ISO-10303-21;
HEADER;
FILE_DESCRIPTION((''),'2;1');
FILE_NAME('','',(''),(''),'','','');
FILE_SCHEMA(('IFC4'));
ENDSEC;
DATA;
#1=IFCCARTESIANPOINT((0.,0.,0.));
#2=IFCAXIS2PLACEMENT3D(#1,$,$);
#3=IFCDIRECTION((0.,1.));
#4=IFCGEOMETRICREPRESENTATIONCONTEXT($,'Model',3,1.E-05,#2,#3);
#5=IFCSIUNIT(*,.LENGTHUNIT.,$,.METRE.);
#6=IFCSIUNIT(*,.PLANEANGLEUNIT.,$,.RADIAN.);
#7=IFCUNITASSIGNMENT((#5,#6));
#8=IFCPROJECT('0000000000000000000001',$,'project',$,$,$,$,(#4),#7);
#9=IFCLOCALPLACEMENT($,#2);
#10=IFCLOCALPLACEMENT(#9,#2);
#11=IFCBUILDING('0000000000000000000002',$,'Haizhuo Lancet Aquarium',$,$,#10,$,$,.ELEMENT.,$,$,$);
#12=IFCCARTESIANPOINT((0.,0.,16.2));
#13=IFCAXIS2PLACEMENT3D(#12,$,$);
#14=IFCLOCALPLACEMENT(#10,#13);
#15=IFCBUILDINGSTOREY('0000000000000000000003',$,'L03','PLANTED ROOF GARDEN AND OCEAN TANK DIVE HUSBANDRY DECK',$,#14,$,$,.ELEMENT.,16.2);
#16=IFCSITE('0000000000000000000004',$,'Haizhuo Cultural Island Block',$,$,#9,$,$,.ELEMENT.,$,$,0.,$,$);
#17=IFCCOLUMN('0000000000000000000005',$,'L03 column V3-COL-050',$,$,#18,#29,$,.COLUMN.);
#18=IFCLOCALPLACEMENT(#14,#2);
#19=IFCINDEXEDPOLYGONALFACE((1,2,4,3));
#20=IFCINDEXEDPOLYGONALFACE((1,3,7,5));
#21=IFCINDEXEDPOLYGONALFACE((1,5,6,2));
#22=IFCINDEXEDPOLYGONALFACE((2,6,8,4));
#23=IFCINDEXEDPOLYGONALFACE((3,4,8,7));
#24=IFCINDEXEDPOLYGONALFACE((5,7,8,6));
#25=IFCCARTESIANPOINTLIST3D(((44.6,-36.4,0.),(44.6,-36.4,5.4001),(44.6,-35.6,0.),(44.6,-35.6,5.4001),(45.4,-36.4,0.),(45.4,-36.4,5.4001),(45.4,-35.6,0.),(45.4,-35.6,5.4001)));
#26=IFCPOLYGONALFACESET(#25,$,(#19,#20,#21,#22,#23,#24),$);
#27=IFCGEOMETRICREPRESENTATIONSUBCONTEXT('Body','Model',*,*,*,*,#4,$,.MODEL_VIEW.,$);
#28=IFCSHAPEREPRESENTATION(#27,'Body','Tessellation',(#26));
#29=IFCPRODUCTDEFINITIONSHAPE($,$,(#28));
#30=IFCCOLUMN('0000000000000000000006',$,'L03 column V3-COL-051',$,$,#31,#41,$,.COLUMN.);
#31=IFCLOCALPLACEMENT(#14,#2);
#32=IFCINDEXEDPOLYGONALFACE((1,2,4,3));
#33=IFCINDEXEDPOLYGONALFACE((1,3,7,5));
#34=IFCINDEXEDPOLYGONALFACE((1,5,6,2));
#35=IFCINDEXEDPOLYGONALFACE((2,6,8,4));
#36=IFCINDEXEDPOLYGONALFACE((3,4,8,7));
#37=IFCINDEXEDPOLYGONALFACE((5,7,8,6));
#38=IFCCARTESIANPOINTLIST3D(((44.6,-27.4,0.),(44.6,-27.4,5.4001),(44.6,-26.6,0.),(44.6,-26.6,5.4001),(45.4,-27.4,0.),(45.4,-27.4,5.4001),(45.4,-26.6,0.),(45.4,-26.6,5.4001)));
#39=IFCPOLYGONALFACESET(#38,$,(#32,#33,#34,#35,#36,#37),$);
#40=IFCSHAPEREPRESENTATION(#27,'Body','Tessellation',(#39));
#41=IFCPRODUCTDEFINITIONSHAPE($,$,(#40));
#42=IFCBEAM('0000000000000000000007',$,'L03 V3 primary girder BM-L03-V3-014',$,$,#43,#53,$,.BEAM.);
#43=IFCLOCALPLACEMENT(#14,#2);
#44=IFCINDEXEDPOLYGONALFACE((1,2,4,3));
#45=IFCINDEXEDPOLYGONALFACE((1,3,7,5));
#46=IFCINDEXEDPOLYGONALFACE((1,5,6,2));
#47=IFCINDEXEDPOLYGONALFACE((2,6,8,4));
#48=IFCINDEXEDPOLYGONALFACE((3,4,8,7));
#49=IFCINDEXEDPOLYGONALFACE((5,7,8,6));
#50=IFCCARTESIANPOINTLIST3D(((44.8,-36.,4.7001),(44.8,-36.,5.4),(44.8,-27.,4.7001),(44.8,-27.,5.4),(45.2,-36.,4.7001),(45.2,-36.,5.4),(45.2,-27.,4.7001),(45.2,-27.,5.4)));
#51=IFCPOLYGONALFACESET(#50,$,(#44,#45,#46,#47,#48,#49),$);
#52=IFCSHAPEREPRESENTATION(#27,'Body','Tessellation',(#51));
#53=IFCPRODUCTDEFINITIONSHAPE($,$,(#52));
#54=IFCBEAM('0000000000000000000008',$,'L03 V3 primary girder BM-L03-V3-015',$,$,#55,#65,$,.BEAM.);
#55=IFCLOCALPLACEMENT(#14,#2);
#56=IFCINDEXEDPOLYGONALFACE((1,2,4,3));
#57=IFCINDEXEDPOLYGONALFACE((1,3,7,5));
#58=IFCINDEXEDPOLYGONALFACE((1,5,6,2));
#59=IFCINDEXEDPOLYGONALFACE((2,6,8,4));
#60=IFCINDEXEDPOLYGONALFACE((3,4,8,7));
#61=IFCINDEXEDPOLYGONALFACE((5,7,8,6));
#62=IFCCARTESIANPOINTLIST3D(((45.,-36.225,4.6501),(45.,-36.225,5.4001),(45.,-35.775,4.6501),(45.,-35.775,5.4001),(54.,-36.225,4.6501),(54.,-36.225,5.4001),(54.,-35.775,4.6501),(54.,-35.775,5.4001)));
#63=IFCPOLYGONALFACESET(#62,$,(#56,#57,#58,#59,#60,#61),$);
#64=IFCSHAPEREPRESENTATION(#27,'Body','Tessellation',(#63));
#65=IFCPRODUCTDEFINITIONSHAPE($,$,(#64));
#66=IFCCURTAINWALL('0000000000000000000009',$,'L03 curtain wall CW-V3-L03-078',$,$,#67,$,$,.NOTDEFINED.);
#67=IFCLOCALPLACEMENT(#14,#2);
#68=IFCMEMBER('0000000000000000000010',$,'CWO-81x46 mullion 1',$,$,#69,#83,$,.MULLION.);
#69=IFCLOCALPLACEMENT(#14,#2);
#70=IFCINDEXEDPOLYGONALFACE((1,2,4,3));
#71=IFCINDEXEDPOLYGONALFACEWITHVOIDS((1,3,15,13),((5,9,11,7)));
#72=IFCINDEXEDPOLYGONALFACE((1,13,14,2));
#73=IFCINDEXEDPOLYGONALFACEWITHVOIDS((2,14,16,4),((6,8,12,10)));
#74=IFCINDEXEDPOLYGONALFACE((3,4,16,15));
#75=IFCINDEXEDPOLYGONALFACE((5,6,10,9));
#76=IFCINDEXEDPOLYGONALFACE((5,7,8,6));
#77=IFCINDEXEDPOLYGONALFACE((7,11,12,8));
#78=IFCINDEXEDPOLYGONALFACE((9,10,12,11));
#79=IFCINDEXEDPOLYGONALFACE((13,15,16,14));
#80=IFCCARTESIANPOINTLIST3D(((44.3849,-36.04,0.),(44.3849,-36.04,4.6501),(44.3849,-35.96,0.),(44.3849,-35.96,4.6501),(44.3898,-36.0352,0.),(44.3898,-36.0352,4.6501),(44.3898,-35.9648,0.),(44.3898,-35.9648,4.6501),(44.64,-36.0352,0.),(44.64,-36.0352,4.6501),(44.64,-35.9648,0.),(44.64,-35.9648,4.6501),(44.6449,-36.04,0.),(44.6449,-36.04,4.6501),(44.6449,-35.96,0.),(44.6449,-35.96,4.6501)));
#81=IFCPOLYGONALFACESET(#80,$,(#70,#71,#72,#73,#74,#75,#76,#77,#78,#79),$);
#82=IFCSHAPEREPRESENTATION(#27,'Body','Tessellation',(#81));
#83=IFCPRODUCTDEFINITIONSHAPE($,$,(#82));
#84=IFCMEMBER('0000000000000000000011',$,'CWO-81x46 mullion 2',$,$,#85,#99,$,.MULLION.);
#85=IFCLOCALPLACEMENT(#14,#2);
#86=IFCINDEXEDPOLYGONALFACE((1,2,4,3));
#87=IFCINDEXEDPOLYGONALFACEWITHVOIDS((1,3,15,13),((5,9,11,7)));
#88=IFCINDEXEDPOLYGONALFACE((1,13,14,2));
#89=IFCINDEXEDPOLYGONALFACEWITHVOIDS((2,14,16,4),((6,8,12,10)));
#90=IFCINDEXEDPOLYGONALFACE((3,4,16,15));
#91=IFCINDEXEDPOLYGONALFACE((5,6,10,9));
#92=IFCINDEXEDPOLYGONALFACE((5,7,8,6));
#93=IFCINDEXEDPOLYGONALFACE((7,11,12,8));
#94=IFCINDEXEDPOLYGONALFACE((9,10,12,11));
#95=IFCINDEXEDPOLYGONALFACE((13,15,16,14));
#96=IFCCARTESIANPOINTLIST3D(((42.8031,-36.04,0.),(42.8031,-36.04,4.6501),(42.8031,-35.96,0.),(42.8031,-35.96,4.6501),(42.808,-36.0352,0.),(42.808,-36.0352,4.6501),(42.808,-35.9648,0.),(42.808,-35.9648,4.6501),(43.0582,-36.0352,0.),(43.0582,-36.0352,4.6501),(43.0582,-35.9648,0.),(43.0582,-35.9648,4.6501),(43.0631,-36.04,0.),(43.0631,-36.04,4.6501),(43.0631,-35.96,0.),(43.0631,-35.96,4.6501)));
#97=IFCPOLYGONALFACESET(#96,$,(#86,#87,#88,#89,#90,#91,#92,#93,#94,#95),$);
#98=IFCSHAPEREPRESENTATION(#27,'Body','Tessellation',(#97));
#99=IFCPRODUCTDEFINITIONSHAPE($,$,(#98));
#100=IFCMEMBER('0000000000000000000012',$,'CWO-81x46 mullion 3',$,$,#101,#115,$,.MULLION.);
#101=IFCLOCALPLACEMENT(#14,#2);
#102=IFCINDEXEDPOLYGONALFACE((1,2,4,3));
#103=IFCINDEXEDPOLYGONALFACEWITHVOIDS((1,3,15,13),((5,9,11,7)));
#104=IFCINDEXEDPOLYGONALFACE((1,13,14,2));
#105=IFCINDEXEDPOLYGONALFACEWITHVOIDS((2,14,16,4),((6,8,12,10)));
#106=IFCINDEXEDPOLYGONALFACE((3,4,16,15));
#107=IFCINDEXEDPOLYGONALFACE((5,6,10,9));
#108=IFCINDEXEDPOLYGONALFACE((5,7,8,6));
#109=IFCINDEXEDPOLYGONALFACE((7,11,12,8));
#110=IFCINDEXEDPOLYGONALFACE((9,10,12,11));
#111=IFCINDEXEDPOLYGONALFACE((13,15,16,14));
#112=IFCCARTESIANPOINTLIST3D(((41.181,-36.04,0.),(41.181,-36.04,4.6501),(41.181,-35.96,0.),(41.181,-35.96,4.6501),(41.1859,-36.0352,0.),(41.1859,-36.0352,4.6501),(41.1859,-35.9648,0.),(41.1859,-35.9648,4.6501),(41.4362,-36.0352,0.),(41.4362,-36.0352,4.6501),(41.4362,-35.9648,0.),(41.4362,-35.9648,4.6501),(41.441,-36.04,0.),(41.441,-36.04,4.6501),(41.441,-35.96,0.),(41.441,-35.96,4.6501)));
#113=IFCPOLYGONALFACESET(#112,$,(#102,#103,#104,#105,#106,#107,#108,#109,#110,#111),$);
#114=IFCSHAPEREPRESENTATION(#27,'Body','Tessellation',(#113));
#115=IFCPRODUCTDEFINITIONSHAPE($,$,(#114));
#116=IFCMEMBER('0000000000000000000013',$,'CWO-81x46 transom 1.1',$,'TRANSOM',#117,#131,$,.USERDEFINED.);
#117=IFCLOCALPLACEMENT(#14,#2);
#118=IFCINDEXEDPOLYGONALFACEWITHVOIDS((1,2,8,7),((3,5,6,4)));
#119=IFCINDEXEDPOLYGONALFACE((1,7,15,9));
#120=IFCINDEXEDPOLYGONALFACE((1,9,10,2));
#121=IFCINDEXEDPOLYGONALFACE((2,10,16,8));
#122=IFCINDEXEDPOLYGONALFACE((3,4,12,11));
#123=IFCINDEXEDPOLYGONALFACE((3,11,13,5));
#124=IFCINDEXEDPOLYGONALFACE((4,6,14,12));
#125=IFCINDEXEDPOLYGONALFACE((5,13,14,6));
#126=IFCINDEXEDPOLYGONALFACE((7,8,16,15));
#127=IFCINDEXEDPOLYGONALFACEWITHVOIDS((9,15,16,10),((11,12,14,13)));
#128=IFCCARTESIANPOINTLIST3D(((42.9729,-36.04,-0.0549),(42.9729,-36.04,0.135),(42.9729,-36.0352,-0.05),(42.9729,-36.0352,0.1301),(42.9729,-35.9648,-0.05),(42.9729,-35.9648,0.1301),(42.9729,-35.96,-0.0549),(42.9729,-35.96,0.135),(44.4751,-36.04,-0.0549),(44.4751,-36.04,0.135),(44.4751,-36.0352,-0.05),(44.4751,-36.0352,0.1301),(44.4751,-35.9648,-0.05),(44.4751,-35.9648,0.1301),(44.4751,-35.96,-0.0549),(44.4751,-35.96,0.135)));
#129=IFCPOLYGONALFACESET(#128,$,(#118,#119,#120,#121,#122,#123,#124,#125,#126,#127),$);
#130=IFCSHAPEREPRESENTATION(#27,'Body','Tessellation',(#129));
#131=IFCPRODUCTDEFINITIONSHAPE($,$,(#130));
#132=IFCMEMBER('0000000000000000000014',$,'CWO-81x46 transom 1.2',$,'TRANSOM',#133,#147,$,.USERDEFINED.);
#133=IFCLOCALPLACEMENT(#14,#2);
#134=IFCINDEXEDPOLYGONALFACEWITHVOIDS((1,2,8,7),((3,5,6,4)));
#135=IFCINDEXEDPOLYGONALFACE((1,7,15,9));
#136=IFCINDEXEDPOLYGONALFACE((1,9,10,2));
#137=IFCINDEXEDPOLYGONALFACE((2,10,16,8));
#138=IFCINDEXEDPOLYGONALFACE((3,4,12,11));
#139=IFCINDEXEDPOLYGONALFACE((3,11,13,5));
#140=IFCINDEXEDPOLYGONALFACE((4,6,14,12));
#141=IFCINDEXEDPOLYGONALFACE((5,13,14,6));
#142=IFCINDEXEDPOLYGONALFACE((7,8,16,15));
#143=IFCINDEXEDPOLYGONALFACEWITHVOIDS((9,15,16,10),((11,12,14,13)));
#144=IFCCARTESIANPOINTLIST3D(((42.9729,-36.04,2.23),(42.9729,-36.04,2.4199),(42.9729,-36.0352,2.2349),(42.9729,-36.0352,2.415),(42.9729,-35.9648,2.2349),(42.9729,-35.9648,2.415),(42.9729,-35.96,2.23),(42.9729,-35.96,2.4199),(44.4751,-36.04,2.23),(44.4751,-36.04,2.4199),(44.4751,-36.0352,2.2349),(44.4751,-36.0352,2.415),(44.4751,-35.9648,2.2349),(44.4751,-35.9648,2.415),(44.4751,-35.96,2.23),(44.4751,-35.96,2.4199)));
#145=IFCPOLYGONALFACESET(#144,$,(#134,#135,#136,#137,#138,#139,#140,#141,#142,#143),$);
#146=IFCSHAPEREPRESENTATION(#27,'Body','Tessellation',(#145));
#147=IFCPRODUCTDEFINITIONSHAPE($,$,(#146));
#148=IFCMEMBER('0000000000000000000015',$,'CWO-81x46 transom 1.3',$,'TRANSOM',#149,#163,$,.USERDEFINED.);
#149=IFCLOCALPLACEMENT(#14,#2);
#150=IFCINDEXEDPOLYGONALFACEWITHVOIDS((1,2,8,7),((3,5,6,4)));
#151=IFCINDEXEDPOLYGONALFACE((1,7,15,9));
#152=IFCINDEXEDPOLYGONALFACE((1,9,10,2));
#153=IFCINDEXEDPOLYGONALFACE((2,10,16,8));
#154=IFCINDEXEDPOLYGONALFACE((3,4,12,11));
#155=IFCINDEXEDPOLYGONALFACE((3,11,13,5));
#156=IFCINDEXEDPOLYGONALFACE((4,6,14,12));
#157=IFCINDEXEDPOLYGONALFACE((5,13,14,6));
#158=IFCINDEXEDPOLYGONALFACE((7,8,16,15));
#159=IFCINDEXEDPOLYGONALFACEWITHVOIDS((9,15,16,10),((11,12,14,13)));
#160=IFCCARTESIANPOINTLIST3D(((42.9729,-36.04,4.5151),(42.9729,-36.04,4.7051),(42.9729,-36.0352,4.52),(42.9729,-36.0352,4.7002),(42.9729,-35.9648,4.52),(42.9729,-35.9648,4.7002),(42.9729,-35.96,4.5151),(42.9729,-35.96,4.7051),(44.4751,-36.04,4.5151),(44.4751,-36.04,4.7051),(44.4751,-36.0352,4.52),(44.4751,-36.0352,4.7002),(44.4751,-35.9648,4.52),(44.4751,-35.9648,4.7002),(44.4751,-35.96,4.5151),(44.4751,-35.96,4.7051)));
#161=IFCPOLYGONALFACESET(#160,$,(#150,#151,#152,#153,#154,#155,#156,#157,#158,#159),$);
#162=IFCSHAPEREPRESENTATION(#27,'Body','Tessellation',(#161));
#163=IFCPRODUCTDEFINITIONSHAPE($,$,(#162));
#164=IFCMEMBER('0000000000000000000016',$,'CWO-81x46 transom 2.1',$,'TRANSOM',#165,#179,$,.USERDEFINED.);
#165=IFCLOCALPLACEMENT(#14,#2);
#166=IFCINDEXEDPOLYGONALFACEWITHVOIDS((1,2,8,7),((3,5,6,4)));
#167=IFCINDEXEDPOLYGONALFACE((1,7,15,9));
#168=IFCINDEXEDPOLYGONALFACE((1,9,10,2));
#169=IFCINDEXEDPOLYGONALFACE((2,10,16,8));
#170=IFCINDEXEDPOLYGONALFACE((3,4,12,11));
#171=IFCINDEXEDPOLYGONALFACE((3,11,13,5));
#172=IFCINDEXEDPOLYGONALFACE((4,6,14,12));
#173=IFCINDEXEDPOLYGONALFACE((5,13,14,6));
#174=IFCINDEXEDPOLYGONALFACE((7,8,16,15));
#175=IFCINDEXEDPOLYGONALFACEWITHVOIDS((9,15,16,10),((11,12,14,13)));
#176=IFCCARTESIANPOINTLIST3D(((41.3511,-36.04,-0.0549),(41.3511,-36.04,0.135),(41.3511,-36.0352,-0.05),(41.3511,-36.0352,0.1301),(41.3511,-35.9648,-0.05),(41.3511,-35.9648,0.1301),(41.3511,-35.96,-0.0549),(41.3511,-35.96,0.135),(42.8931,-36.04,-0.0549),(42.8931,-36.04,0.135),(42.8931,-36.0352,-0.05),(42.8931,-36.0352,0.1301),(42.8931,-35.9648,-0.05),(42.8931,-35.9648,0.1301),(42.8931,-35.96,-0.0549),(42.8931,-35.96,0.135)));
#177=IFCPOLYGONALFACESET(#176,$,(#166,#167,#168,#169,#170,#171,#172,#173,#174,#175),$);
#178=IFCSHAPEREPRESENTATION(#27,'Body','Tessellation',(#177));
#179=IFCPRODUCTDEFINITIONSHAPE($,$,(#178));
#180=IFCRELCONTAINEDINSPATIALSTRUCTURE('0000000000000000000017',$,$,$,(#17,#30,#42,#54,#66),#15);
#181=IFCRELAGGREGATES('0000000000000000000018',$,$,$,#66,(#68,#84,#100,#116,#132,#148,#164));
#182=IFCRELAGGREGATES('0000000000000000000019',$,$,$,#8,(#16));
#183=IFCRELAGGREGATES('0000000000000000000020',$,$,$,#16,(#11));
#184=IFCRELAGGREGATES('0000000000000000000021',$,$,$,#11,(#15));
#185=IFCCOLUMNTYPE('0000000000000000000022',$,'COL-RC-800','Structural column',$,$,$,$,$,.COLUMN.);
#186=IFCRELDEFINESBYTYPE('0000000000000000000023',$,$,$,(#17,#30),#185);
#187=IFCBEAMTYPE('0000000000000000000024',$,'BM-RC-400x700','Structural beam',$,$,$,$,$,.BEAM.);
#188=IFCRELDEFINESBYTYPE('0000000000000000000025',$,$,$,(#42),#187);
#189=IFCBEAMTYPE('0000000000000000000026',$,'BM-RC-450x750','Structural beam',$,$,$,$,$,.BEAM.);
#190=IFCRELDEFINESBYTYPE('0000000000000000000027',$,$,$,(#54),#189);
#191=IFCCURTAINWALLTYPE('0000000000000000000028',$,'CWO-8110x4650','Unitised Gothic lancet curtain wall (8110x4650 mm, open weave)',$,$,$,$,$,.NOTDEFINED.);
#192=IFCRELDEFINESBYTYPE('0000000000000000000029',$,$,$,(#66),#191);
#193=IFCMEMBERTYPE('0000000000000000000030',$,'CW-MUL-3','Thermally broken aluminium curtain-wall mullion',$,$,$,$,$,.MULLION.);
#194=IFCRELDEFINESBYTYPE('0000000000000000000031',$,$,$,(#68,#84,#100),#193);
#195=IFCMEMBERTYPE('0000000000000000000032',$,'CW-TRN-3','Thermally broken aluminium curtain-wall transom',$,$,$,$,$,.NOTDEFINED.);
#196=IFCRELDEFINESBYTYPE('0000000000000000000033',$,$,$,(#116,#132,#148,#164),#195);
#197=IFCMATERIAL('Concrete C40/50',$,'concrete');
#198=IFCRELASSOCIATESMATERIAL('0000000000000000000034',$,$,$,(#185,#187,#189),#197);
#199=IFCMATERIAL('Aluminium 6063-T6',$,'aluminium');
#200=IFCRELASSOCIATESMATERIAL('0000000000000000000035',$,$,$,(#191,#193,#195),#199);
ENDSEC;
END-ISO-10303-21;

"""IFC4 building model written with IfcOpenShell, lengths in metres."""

from ifc_helpers import new_model, si_unit, direction, frame, origin, origin_2d, place, context, subcontext, project, spatial, rectangle, hollow_rectangle, extrude, material, material_profile, profile_set, type_object, element, aggregate, save


model = new_model("IFC4")

# Units and contexts
model_context = context("Model", 3, precision=1e-05, world=origin(), true_north=direction((0.0, 1.0)))
body_context = subcontext(model_context, "Body", "Model", "MODEL_VIEW")
ifc_project = project(units=[si_unit("LENGTHUNIT", "METRE"), si_unit("PLANEANGLEUNIT", "RADIAN")], contexts=[model_context])

# Site, building, storey
site_placement = place(None, origin())
site = spatial("IfcSite", under=ifc_project, at=site_placement, Name="Haizhuo Cultural Island Block", CompositionType="ELEMENT", RefElevation=0.0)
building_placement = place(site_placement, origin())
building = spatial("IfcBuilding", under=site, at=building_placement, Name="Haizhuo Lancet Aquarium", CompositionType="ELEMENT")
storey_placement = place(building_placement, frame((0.0, 0.0, 16.2)))
storey = spatial("IfcBuildingStorey", under=building, at=storey_placement, Name="L03", Description="PLANTED ROOF GARDEN AND OCEAN TANK DIVE HUSBANDRY DECK", CompositionType="ELEMENT", Elevation=16.2)

# Columns
ifc_material_1 = material(Name="Concrete C40/50", Category="concrete")
ifc_material_profile_1 = material_profile(ifc_material_1, rectangle(XDim=0.8, YDim=0.8, at=origin_2d()), Name="RC-COL 800x800")
ifc_profile_set_1 = profile_set([ifc_material_profile_1], Name="Concrete C40/50")
column_type = type_object("IfcColumnType", Name="COL-RC-800", Description="Structural column", PredefinedType="COLUMN", material=ifc_profile_set_1)
for number, where, z_axis, x_axis, name in (
    (1, (45.0, -36.0, 0.0), (0.0, 0.0, 1.0), (1.0, 0.0, 0.0), "L03 column V3-COL-050"),
    (2, (45.0, -27.0, 0.0), (0.0, 0.0, 1.0), (1.0, 0.0, 0.0), "L03 column V3-COL-051"),
):
    element("IfcColumn", number, at=place(storey_placement, frame(where, z_axis=z_axis, x_axis=x_axis)), inside=storey, type_object=column_type, Name=name, PredefinedType="COLUMN", context=body_context, shape_type="SweptSolid", body=[
        extrude(rectangle(XDim=0.8, YDim=0.8, at=origin_2d()), origin(), (0.0, 0.0, 1.0), 5.4001),
    ])

# Beams
ifc_material_profile_2 = material_profile(ifc_material_1, rectangle(XDim=0.3999, YDim=0.7, at=origin_2d()), Name="RC-BM 400x700")
ifc_profile_set_2 = profile_set([ifc_material_profile_2], Name="Concrete C40/50")
beam_type_1 = type_object("IfcBeamType", Name="BM-RC-400x700", Description="Structural beam", PredefinedType="BEAM", material=ifc_profile_set_2)
beam_1_placement = place(storey_placement, frame((45.0, -36.0, 5.05), z_axis=(0.0, 1.0, 0.0), x_axis=(-1.0, 0.0, 0.0)))
element("IfcBeam", 3, at=beam_1_placement, inside=storey, type_object=beam_type_1, Name="L03 V3 primary girder BM-L03-V3-014", PredefinedType="BEAM", context=body_context, shape_type="SweptSolid", body=[
    extrude(rectangle(XDim=0.3999, YDim=0.7, at=origin_2d()), origin(), (0.0, 0.0, 1.0), 9.0),
])
ifc_material_profile_3 = material_profile(ifc_material_1, rectangle(XDim=0.45, YDim=0.75, at=origin_2d()), Name="RC-BM 450x750")
ifc_profile_set_3 = profile_set([ifc_material_profile_3], Name="Concrete C40/50")
beam_type_2 = type_object("IfcBeamType", Name="BM-RC-450x750", Description="Structural beam", PredefinedType="BEAM", material=ifc_profile_set_3)
beam_2_placement = place(storey_placement, frame((45.0, -36.0, 5.0251), z_axis=(1.0, 0.0, 0.0), x_axis=(0.0, 1.0, 0.0)))
element("IfcBeam", 4, at=beam_2_placement, inside=storey, type_object=beam_type_2, Name="L03 V3 primary girder BM-L03-V3-015", PredefinedType="BEAM", context=body_context, shape_type="SweptSolid", body=[
    extrude(rectangle(XDim=0.45, YDim=0.75, at=origin_2d()), origin(), (0.0, 0.0, 1.0), 9.0),
])

# Curtain wall, members
ifc_material_2 = material(Name="Aluminium 6063-T6", Category="aluminium")
curtain_wall_type = type_object("IfcCurtainWallType", Name="CWO-8110x4650", Description="Unitised Gothic lancet curtain wall (8110x4650 mm, open weave)", PredefinedType="NOTDEFINED", material=ifc_material_2)
curtain_wall_placement = place(storey_placement, origin())
curtain_wall = element("IfcCurtainWall", 5, at=curtain_wall_placement, inside=storey, type_object=curtain_wall_type, Name="L03 curtain wall CW-V3-L03-078", PredefinedType="NOTDEFINED")
ifc_material_profile_4 = material_profile(ifc_material_2, hollow_rectangle(XDim=0.0801, YDim=0.26, WallThickness=0.0049, at=origin_2d()), Name="ALU-M 80x260x5")
ifc_profile_set_4 = profile_set([ifc_material_profile_4], Name="Aluminium 6063-T6")
member_type_1 = type_object("IfcMemberType", Name="CW-MUL-3", Description="Thermally broken aluminium curtain-wall mullion", PredefinedType="MULLION", material=ifc_profile_set_4)
member_1_placement = place(storey_placement, frame((44.5149, -36.0, 0.0), z_axis=(0.0, 0.0, 1.0), x_axis=(0.0, -1.0, 0.0)))
member_1 = element("IfcMember", 6, at=member_1_placement, type_object=member_type_1, Name="CWO-81x46 mullion 1", PredefinedType="MULLION", context=body_context, shape_type="SweptSolid", body=[
    extrude(hollow_rectangle(XDim=0.0801, YDim=0.26, WallThickness=0.0049, at=origin_2d()), origin(), (0.0, 0.0, 1.0), 4.6501),
])
member_2_placement = place(storey_placement, frame((42.9331, -36.0, 0.0), z_axis=(0.0, 0.0, 1.0), x_axis=(0.0, -1.0, 0.0)))
member_2 = element("IfcMember", 7, at=member_2_placement, type_object=member_type_1, Name="CWO-81x46 mullion 2", PredefinedType="MULLION", context=body_context, shape_type="SweptSolid", body=[
    extrude(hollow_rectangle(XDim=0.0801, YDim=0.26, WallThickness=0.0049, at=origin_2d()), origin(), (0.0, 0.0, 1.0), 4.6501),
])
member_3_placement = place(storey_placement, frame((41.311, -36.0, 0.0), z_axis=(0.0, 0.0, 1.0), x_axis=(0.0, -1.0, 0.0)))
member_3 = element("IfcMember", 8, at=member_3_placement, type_object=member_type_1, Name="CWO-81x46 mullion 3", PredefinedType="MULLION", context=body_context, shape_type="SweptSolid", body=[
    extrude(hollow_rectangle(XDim=0.0801, YDim=0.26, WallThickness=0.0049, at=origin_2d()), origin(), (0.0, 0.0, 1.0), 4.6501),
])
ifc_material_profile_5 = material_profile(ifc_material_2, hollow_rectangle(XDim=0.0801, YDim=0.1899, WallThickness=0.0049, at=origin_2d()), Name="ALU-T 80x190x5")
ifc_profile_set_5 = profile_set([ifc_material_profile_5], Name="Aluminium 6063-T6")
member_type_2 = type_object("IfcMemberType", Name="CW-TRN-3", Description="Thermally broken aluminium curtain-wall transom", PredefinedType="NOTDEFINED", material=ifc_profile_set_5)
member_4_placement = place(storey_placement, frame((44.4751, -36.0, 0.04), z_axis=(-1.0, 0.0, 0.0), x_axis=(0.0, -1.0, 0.0)))
member_4 = element("IfcMember", 9, at=member_4_placement, type_object=member_type_2, Name="CWO-81x46 transom 1.1", ObjectType="TRANSOM", PredefinedType="USERDEFINED", context=body_context, shape_type="SweptSolid", body=[
    extrude(hollow_rectangle(XDim=0.0801, YDim=0.1899, WallThickness=0.0049, at=origin_2d()), origin(), (0.0, 0.0, 1.0), 1.5022),
])
member_5_placement = place(storey_placement, frame((44.4751, -36.0, 2.325), z_axis=(-1.0, 0.0, 0.0), x_axis=(0.0, -1.0, 0.0)))
member_5 = element("IfcMember", 10, at=member_5_placement, type_object=member_type_2, Name="CWO-81x46 transom 1.2", ObjectType="TRANSOM", PredefinedType="USERDEFINED", context=body_context, shape_type="SweptSolid", body=[
    extrude(hollow_rectangle(XDim=0.0801, YDim=0.1899, WallThickness=0.0049, at=origin_2d()), origin(), (0.0, 0.0, 1.0), 1.5022),
])
member_6_placement = place(storey_placement, frame((44.4751, -36.0, 4.6101), z_axis=(-1.0, 0.0, 0.0), x_axis=(0.0, -1.0, 0.0)))
member_6 = element("IfcMember", 11, at=member_6_placement, type_object=member_type_2, Name="CWO-81x46 transom 1.3", ObjectType="TRANSOM", PredefinedType="USERDEFINED", context=body_context, shape_type="SweptSolid", body=[
    extrude(hollow_rectangle(XDim=0.0801, YDim=0.1899, WallThickness=0.0049, at=origin_2d()), origin(), (0.0, 0.0, 1.0), 1.5022),
])
member_7_placement = place(storey_placement, frame((42.8931, -36.0, 0.04), z_axis=(-1.0, 0.0, 0.0), x_axis=(0.0, -1.0, 0.0)))
member_7 = element("IfcMember", 12, at=member_7_placement, type_object=member_type_2, Name="CWO-81x46 transom 2.1", ObjectType="TRANSOM", PredefinedType="USERDEFINED", context=body_context, shape_type="SweptSolid", body=[
    extrude(hollow_rectangle(XDim=0.0801, YDim=0.1899, WallThickness=0.0049, at=origin_2d()), origin(), (0.0, 0.0, 1.0), 1.542),
])

aggregate(curtain_wall, [member_1, member_2, member_3, member_4, member_5, member_6, member_7])

save(model, "model.ifc")
